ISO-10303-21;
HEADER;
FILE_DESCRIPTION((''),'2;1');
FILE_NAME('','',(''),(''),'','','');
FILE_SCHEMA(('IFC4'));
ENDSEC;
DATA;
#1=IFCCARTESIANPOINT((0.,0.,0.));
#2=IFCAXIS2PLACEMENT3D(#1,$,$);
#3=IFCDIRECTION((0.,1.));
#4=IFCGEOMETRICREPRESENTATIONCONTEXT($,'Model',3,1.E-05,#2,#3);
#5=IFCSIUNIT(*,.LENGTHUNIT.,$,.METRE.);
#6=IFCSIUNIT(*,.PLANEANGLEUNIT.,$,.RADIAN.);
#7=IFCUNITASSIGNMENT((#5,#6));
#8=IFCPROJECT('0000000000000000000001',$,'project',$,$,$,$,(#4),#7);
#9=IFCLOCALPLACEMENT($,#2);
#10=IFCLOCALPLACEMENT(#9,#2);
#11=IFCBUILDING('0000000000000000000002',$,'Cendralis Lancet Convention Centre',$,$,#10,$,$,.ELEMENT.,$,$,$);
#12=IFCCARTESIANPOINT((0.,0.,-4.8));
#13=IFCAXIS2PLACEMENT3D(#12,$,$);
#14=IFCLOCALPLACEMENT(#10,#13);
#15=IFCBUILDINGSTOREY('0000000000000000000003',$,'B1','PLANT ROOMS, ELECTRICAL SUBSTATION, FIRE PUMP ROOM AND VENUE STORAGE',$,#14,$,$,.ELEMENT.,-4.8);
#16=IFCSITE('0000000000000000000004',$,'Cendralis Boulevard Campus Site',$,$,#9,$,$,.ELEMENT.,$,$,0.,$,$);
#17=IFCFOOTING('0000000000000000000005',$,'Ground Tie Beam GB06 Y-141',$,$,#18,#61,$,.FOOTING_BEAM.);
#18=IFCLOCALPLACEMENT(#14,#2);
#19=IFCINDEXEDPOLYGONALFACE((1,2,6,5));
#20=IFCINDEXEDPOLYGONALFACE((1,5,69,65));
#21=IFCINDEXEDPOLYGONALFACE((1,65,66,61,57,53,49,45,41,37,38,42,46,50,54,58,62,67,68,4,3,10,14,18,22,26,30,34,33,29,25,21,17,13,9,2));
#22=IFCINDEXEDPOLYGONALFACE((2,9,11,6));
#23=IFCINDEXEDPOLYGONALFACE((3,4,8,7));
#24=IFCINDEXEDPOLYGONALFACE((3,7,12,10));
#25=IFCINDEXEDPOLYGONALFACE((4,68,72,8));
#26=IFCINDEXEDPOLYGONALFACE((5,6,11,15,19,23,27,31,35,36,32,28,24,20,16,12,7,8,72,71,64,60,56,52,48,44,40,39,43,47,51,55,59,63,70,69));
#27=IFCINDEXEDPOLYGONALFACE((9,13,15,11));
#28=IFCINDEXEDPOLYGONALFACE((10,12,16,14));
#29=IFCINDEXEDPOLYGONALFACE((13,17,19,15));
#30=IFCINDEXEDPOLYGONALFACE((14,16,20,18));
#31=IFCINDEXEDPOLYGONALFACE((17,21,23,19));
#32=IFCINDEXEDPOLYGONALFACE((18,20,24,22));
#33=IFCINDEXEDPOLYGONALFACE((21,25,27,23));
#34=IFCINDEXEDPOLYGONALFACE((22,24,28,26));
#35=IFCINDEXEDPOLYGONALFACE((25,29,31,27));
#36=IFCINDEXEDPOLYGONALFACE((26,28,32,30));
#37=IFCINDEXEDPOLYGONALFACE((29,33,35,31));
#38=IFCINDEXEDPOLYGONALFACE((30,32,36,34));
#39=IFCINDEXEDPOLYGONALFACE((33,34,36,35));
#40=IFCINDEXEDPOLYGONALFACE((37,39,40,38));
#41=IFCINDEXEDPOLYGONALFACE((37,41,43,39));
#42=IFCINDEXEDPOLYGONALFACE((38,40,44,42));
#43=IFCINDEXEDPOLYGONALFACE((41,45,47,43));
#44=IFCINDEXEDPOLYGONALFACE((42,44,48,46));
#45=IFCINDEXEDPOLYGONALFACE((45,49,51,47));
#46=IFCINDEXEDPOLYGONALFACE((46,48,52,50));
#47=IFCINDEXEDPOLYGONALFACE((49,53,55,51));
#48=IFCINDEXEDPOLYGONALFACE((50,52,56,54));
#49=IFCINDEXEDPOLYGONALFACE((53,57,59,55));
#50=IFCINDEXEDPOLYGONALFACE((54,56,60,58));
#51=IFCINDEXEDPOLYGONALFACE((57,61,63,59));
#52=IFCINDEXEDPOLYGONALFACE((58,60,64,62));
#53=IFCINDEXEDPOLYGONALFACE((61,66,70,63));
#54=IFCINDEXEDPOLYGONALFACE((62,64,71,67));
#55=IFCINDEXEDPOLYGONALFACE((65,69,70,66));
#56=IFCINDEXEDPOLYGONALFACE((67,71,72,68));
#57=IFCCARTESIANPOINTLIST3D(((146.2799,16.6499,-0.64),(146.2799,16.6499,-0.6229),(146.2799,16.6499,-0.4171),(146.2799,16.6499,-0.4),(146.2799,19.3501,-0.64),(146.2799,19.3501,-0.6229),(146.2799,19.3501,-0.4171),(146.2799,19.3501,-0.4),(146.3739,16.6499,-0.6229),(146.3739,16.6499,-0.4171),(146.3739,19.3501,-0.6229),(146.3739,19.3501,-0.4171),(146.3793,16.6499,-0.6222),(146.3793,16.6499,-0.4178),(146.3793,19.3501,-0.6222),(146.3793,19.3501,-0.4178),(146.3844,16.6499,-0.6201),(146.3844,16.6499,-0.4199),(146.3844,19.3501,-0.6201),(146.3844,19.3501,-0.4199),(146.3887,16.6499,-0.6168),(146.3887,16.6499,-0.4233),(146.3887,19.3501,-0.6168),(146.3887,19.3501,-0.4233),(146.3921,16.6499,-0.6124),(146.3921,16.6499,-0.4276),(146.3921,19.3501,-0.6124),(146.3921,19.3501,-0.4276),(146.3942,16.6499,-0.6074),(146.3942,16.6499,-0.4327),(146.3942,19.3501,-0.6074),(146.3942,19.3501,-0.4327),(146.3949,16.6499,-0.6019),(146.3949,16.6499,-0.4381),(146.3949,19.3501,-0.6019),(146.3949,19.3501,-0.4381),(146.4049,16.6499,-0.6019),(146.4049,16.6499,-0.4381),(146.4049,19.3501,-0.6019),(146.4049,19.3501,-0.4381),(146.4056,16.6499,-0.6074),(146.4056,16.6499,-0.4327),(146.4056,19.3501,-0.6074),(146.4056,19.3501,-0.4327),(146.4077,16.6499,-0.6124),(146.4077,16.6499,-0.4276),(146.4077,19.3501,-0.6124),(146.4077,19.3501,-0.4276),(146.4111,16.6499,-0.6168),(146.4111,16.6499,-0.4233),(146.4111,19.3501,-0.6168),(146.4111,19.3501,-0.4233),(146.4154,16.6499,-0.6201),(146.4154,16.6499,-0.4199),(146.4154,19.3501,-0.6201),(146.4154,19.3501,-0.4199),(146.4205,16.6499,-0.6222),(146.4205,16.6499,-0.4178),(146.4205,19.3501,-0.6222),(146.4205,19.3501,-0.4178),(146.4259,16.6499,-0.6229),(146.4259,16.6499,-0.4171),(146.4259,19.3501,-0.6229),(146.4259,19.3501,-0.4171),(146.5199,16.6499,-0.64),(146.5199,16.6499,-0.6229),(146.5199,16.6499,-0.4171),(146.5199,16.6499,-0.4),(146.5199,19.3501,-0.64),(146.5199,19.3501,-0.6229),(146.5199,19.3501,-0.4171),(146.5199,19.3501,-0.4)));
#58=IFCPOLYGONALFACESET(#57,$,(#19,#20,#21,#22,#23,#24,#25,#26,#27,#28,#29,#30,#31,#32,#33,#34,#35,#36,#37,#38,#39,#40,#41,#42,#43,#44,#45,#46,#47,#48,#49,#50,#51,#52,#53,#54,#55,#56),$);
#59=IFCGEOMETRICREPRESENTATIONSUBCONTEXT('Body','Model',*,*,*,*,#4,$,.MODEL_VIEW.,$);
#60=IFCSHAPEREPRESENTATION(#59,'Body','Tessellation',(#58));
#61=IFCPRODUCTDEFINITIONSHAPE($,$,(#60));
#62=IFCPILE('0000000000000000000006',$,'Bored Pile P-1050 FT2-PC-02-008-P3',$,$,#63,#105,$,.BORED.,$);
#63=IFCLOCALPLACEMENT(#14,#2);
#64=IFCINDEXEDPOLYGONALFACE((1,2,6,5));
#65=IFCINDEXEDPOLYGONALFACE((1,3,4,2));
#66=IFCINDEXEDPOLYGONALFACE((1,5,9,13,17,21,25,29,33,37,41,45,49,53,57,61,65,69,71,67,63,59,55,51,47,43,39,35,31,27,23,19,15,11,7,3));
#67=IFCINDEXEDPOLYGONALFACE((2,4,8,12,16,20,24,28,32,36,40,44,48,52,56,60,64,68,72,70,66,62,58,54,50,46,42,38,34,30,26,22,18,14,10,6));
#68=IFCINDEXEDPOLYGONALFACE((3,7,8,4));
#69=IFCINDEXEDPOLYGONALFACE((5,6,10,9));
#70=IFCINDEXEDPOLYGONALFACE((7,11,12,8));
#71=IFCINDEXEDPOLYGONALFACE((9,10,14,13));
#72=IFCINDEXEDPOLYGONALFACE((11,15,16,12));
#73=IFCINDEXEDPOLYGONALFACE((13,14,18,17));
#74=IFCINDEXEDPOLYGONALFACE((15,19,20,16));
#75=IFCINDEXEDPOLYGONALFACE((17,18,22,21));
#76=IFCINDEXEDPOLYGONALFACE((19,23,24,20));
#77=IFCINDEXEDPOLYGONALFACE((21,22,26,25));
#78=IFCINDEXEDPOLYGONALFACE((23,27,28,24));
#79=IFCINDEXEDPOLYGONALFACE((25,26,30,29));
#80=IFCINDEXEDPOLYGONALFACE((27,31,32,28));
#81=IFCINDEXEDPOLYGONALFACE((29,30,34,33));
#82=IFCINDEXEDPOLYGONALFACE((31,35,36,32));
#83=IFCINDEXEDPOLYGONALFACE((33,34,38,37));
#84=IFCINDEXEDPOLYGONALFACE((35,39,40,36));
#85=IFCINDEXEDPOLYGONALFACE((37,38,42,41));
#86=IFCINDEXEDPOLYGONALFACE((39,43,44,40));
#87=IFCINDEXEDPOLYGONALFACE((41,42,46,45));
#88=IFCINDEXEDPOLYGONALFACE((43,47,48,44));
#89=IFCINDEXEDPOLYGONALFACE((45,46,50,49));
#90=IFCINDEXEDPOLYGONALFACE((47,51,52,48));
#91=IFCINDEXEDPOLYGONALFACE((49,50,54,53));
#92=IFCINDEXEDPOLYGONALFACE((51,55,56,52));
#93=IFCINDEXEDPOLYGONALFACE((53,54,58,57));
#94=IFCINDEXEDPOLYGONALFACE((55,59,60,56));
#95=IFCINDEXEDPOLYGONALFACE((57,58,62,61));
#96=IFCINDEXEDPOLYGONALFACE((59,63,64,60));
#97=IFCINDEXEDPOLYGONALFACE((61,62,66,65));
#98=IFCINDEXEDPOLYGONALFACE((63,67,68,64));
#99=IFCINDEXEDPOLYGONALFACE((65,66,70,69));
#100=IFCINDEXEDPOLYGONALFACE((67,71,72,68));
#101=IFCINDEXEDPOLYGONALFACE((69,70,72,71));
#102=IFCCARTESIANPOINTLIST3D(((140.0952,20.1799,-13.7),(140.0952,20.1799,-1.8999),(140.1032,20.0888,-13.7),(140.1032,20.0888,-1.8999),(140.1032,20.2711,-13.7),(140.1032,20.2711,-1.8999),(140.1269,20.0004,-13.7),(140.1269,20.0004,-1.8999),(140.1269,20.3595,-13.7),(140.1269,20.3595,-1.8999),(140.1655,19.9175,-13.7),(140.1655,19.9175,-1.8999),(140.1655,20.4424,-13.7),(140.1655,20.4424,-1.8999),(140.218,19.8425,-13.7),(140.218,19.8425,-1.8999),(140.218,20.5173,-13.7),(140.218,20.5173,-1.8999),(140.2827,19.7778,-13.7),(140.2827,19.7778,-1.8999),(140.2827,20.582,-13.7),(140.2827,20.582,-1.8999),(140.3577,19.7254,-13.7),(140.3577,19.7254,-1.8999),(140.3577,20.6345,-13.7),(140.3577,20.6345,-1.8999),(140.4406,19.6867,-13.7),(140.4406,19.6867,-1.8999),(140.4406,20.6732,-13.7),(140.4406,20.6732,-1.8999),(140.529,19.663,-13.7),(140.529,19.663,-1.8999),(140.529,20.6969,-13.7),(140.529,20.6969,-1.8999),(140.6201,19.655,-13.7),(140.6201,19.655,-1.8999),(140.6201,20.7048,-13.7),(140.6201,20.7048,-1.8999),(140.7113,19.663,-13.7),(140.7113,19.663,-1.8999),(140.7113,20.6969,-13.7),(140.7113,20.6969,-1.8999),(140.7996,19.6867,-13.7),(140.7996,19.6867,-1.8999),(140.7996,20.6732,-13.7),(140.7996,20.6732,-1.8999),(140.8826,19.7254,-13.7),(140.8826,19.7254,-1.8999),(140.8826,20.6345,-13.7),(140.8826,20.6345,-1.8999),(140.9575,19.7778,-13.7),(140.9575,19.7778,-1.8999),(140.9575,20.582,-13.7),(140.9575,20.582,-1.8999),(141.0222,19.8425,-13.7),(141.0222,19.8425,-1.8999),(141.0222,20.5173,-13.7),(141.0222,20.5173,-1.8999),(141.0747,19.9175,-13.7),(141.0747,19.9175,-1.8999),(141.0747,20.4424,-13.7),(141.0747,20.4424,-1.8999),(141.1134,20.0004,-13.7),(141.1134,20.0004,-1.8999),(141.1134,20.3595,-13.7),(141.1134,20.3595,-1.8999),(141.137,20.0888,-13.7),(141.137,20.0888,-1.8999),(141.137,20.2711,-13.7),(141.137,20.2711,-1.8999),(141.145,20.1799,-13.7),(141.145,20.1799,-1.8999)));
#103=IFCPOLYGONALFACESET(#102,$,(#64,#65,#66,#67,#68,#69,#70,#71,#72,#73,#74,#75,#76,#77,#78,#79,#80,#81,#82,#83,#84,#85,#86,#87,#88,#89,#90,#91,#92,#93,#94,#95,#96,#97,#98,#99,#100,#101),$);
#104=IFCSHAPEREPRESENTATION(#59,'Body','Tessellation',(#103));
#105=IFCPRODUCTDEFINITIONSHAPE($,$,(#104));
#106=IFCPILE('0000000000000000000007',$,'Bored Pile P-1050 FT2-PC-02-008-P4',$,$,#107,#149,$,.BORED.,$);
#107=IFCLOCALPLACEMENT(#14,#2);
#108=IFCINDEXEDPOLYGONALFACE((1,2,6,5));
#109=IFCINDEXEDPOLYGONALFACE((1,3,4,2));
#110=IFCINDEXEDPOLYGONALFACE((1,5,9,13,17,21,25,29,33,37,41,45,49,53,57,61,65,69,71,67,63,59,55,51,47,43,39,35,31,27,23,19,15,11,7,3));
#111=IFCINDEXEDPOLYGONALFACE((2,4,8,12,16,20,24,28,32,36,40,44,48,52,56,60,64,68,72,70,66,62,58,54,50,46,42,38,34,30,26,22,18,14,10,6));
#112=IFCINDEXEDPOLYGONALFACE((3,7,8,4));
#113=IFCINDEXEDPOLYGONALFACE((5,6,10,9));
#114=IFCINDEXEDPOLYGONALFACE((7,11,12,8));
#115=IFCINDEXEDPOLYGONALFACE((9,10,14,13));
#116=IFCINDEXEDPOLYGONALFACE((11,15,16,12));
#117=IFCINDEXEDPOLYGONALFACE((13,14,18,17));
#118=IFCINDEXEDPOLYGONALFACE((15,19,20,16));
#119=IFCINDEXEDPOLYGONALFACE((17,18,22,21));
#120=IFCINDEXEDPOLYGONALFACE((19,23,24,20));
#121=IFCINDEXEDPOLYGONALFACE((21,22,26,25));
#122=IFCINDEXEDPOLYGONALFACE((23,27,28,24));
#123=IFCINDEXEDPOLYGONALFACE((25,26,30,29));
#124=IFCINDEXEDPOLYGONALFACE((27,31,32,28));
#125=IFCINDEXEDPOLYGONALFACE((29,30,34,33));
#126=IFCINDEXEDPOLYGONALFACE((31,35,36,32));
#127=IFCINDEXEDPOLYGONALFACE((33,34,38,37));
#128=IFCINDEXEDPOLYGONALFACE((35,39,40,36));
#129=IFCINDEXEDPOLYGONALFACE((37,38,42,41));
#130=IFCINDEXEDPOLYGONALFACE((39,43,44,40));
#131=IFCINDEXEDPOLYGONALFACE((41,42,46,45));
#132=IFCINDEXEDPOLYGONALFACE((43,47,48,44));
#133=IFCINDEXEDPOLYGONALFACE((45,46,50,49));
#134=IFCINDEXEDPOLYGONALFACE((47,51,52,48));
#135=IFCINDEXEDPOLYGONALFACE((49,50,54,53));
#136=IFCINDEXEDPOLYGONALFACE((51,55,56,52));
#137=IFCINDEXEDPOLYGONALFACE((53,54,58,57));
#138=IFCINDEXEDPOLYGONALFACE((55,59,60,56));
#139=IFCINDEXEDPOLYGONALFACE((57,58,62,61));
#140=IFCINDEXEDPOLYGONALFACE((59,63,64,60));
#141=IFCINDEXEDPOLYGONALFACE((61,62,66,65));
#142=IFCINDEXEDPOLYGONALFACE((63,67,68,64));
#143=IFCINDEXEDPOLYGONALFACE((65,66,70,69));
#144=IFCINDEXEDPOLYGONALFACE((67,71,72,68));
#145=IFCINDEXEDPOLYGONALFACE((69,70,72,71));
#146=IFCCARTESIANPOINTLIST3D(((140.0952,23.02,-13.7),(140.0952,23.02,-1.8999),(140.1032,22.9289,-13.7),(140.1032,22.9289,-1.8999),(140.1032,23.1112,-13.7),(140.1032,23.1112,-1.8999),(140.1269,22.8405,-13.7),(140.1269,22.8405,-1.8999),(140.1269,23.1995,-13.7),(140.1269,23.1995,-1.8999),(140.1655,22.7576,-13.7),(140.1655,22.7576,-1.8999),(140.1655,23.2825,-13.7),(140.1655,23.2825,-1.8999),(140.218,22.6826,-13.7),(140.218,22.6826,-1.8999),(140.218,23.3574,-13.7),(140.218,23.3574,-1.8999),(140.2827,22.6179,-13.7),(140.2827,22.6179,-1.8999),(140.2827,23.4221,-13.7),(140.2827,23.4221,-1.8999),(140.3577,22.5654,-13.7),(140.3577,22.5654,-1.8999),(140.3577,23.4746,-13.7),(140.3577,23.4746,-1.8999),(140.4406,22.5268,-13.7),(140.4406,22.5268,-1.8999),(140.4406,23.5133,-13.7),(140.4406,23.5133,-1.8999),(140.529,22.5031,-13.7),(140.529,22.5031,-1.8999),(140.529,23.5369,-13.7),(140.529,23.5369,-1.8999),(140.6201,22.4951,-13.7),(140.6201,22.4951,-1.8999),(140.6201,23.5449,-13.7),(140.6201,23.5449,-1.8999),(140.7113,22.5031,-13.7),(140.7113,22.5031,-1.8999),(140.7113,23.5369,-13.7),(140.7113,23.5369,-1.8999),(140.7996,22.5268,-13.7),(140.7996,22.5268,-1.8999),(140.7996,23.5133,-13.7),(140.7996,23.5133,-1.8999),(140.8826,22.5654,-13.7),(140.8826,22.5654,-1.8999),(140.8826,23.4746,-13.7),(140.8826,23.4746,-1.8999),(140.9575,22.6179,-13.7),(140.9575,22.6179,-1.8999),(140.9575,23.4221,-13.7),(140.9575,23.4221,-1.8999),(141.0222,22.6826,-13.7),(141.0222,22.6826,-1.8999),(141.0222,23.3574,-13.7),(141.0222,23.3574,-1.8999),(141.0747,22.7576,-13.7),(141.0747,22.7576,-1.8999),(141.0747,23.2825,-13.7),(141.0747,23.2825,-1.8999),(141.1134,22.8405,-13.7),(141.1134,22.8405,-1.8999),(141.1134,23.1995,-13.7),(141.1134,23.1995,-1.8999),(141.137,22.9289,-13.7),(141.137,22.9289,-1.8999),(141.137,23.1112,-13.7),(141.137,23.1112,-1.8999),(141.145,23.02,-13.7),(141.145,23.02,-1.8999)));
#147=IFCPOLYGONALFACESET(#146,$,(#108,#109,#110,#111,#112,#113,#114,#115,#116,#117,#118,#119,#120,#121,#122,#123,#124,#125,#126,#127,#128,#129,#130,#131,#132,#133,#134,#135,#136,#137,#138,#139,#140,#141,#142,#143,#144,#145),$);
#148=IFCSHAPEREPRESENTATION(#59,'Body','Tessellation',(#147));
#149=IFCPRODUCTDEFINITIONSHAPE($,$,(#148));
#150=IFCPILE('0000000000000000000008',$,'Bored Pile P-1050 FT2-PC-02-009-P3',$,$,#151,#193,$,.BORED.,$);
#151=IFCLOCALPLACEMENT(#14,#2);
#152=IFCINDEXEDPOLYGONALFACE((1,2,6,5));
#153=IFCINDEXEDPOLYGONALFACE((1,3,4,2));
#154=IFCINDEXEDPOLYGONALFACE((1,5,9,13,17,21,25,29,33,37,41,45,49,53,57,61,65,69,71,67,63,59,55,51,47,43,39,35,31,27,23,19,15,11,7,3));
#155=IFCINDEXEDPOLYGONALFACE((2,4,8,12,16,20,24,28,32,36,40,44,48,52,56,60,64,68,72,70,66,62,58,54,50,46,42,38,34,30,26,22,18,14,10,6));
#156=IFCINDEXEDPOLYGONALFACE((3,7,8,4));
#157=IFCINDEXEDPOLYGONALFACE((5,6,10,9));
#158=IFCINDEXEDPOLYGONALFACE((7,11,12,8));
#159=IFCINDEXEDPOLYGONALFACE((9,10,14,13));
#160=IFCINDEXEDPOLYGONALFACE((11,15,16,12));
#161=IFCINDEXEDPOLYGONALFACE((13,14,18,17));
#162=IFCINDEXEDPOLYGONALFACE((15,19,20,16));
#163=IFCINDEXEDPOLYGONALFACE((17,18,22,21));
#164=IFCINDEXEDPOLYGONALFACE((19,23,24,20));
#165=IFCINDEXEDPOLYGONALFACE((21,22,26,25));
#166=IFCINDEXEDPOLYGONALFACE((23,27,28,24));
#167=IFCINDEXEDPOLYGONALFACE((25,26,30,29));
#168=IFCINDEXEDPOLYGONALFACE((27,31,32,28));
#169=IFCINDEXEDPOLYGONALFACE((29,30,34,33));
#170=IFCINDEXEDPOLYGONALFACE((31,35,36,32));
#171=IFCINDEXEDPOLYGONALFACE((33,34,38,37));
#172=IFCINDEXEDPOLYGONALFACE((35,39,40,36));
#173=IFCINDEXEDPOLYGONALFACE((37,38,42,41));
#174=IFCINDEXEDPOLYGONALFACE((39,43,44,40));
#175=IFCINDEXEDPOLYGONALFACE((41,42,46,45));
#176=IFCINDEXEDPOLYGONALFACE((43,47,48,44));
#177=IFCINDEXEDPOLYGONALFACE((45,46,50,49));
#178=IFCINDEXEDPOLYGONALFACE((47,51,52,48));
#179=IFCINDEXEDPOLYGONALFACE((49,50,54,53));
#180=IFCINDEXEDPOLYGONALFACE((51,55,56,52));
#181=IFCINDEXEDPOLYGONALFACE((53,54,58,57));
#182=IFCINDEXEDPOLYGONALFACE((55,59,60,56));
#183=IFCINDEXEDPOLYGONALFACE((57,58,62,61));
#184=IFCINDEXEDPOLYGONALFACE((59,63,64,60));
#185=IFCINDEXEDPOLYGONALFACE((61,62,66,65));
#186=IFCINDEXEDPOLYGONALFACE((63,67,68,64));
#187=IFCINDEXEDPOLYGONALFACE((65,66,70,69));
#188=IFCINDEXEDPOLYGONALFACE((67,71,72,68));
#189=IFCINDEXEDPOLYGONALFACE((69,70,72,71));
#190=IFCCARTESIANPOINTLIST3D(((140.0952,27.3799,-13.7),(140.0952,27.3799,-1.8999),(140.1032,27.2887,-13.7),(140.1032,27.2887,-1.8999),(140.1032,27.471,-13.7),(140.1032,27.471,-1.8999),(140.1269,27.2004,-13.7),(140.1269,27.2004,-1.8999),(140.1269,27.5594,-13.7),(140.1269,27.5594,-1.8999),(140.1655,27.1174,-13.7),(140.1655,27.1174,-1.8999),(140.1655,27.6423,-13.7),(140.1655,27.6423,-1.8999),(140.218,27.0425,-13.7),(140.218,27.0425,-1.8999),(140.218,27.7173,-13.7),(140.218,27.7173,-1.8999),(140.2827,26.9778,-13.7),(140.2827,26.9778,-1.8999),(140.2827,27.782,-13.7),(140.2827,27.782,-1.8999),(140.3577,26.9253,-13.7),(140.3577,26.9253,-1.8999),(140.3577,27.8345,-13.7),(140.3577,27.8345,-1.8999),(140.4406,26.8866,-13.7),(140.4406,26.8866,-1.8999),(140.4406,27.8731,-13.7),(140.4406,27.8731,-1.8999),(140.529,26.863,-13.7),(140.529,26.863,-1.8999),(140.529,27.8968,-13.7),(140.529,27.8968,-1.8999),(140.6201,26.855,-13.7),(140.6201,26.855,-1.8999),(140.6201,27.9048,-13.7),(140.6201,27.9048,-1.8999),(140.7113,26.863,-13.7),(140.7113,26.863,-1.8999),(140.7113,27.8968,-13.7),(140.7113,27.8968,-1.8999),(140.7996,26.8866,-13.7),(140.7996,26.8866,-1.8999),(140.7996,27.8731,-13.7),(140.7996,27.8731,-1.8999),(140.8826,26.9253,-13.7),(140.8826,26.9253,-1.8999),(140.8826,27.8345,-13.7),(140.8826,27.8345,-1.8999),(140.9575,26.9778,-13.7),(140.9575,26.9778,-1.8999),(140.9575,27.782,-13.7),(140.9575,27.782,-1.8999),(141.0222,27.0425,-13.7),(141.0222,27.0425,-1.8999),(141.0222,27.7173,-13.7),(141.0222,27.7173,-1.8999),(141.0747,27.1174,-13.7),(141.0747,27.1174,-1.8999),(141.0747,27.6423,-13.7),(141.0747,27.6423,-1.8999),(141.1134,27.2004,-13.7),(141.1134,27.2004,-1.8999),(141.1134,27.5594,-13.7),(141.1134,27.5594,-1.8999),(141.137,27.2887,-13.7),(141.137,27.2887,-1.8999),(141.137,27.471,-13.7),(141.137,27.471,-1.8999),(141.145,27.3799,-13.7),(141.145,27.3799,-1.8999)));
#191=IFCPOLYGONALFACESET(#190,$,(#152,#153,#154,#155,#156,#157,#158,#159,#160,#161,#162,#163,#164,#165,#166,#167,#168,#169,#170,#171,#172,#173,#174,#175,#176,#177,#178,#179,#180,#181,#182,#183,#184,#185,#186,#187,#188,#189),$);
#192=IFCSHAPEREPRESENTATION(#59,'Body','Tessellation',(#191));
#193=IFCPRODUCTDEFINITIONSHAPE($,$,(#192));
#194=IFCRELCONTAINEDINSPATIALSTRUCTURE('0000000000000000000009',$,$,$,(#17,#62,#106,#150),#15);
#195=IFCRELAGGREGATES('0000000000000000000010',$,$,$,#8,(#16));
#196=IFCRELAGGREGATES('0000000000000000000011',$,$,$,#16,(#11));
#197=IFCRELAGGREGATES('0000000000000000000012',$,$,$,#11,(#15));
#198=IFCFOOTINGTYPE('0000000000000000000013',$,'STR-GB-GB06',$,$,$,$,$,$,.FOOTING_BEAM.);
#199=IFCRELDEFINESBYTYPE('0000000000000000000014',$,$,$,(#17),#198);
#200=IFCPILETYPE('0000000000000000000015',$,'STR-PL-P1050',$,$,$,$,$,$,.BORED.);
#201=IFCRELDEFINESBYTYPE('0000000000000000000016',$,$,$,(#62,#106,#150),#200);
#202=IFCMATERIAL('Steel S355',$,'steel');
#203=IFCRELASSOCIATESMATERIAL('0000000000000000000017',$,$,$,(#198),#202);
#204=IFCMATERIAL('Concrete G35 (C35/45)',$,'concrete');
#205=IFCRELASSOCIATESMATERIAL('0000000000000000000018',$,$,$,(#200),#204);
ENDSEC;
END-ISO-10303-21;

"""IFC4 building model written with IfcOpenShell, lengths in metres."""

from ifc_helpers import new_model, si_unit, direction, frame, origin, origin_2d, place, context, subcontext, project, spatial, circle, i_section, extrude, material, material_profile, profile_set, type_object, element, save


model = new_model("IFC4")

# Units and contexts
model_context = context("Model", 3, precision=1e-05, world=origin(), true_north=direction((0.0, 1.0)))
body_context = subcontext(model_context, "Body", "Model", "MODEL_VIEW")
ifc_project = project(units=[si_unit("LENGTHUNIT", "METRE"), si_unit("PLANEANGLEUNIT", "RADIAN")], contexts=[model_context])

# Site, building, storey
site_placement = place(None, origin())
site = spatial("IfcSite", under=ifc_project, at=site_placement, Name="Cendralis Boulevard Campus Site", CompositionType="ELEMENT", RefElevation=0.0)
building_placement = place(site_placement, origin())
building = spatial("IfcBuilding", under=site, at=building_placement, Name="Cendralis Lancet Convention Centre", CompositionType="ELEMENT")
storey_placement = place(building_placement, frame((0.0, 0.0, -4.8)))
storey = spatial("IfcBuildingStorey", under=building, at=storey_placement, Name="B1", Description="PLANT ROOMS, ELECTRICAL SUBSTATION, FIRE PUMP ROOM AND VENUE STORAGE", CompositionType="ELEMENT", Elevation=-4.8)

# Footing
ifc_material_1 = material(Name="Concrete G35 (C35/45)", Category="concrete")
ifc_material_2 = material(Name="Steel S355", Category="steel")
ifc_material_profile_1 = material_profile(ifc_material_2, i_section(OverallWidth=0.24, OverallDepth=0.24, WebThickness=0.01, FlangeThickness=0.0171, FilletRadius=0.021, at=origin_2d()), Name="HEB 240")
ifc_profile_set_1 = profile_set([ifc_material_profile_1], Name="Steel S355")
footing_type_1 = type_object("IfcFootingType", Name="STR-GB-GB06", PredefinedType="FOOTING_BEAM", material=ifc_profile_set_1)
footing_1_placement = place(storey_placement, frame((146.3999, 16.6499, -0.52), z_axis=(0.0, 1.0, 0.0), x_axis=(-1.0, 0.0, 0.0)))
element("IfcFooting", 1, at=footing_1_placement, inside=storey, type_object=footing_type_1, Name="Ground Tie Beam GB06 Y-141", PredefinedType="FOOTING_BEAM", context=body_context, shape_type="SweptSolid", body=[
    extrude(i_section(OverallWidth=0.24, OverallDepth=0.24, WebThickness=0.01, FlangeThickness=0.0171, FilletRadius=0.021, at=origin_2d()), origin(), (0.0, 0.0, 1.0), 2.7002),
])

# Piles
ifc_material_profile_2 = material_profile(ifc_material_1, circle(Radius=0.5249, at=origin_2d()), Name="BORED PILE D1050")
ifc_profile_set_2 = profile_set([ifc_material_profile_2], Name="Concrete G35 (C35/45)")
pile_type = type_object("IfcPileType", Name="STR-PL-P1050", PredefinedType="BORED", material=ifc_profile_set_2)
for number, where, z_axis, x_axis, name in (
    (2, (140.6201, 20.1799, -1.8999), (0.0, 0.0, -1.0), (1.0, 0.0, 0.0), "Bored Pile P-1050 FT2-PC-02-008-P3"),
    (3, (140.6201, 23.02, -1.8999), (0.0, 0.0, -1.0), (1.0, 0.0, 0.0), "Bored Pile P-1050 FT2-PC-02-008-P4"),
    (4, (140.6201, 27.3799, -1.8999), (0.0, 0.0, -1.0), (1.0, 0.0, 0.0), "Bored Pile P-1050 FT2-PC-02-009-P3"),
):
    element("IfcPile", number, at=place(storey_placement, frame(where, z_axis=z_axis, x_axis=x_axis)), inside=storey, type_object=pile_type, Name=name, PredefinedType="BORED", context=body_context, shape_type="SweptSolid", body=[
        extrude(circle(Radius=0.5249, at=origin_2d()), origin(), (0.0, 0.0, 1.0), 11.8),
    ])

save(model, "model.ifc")
